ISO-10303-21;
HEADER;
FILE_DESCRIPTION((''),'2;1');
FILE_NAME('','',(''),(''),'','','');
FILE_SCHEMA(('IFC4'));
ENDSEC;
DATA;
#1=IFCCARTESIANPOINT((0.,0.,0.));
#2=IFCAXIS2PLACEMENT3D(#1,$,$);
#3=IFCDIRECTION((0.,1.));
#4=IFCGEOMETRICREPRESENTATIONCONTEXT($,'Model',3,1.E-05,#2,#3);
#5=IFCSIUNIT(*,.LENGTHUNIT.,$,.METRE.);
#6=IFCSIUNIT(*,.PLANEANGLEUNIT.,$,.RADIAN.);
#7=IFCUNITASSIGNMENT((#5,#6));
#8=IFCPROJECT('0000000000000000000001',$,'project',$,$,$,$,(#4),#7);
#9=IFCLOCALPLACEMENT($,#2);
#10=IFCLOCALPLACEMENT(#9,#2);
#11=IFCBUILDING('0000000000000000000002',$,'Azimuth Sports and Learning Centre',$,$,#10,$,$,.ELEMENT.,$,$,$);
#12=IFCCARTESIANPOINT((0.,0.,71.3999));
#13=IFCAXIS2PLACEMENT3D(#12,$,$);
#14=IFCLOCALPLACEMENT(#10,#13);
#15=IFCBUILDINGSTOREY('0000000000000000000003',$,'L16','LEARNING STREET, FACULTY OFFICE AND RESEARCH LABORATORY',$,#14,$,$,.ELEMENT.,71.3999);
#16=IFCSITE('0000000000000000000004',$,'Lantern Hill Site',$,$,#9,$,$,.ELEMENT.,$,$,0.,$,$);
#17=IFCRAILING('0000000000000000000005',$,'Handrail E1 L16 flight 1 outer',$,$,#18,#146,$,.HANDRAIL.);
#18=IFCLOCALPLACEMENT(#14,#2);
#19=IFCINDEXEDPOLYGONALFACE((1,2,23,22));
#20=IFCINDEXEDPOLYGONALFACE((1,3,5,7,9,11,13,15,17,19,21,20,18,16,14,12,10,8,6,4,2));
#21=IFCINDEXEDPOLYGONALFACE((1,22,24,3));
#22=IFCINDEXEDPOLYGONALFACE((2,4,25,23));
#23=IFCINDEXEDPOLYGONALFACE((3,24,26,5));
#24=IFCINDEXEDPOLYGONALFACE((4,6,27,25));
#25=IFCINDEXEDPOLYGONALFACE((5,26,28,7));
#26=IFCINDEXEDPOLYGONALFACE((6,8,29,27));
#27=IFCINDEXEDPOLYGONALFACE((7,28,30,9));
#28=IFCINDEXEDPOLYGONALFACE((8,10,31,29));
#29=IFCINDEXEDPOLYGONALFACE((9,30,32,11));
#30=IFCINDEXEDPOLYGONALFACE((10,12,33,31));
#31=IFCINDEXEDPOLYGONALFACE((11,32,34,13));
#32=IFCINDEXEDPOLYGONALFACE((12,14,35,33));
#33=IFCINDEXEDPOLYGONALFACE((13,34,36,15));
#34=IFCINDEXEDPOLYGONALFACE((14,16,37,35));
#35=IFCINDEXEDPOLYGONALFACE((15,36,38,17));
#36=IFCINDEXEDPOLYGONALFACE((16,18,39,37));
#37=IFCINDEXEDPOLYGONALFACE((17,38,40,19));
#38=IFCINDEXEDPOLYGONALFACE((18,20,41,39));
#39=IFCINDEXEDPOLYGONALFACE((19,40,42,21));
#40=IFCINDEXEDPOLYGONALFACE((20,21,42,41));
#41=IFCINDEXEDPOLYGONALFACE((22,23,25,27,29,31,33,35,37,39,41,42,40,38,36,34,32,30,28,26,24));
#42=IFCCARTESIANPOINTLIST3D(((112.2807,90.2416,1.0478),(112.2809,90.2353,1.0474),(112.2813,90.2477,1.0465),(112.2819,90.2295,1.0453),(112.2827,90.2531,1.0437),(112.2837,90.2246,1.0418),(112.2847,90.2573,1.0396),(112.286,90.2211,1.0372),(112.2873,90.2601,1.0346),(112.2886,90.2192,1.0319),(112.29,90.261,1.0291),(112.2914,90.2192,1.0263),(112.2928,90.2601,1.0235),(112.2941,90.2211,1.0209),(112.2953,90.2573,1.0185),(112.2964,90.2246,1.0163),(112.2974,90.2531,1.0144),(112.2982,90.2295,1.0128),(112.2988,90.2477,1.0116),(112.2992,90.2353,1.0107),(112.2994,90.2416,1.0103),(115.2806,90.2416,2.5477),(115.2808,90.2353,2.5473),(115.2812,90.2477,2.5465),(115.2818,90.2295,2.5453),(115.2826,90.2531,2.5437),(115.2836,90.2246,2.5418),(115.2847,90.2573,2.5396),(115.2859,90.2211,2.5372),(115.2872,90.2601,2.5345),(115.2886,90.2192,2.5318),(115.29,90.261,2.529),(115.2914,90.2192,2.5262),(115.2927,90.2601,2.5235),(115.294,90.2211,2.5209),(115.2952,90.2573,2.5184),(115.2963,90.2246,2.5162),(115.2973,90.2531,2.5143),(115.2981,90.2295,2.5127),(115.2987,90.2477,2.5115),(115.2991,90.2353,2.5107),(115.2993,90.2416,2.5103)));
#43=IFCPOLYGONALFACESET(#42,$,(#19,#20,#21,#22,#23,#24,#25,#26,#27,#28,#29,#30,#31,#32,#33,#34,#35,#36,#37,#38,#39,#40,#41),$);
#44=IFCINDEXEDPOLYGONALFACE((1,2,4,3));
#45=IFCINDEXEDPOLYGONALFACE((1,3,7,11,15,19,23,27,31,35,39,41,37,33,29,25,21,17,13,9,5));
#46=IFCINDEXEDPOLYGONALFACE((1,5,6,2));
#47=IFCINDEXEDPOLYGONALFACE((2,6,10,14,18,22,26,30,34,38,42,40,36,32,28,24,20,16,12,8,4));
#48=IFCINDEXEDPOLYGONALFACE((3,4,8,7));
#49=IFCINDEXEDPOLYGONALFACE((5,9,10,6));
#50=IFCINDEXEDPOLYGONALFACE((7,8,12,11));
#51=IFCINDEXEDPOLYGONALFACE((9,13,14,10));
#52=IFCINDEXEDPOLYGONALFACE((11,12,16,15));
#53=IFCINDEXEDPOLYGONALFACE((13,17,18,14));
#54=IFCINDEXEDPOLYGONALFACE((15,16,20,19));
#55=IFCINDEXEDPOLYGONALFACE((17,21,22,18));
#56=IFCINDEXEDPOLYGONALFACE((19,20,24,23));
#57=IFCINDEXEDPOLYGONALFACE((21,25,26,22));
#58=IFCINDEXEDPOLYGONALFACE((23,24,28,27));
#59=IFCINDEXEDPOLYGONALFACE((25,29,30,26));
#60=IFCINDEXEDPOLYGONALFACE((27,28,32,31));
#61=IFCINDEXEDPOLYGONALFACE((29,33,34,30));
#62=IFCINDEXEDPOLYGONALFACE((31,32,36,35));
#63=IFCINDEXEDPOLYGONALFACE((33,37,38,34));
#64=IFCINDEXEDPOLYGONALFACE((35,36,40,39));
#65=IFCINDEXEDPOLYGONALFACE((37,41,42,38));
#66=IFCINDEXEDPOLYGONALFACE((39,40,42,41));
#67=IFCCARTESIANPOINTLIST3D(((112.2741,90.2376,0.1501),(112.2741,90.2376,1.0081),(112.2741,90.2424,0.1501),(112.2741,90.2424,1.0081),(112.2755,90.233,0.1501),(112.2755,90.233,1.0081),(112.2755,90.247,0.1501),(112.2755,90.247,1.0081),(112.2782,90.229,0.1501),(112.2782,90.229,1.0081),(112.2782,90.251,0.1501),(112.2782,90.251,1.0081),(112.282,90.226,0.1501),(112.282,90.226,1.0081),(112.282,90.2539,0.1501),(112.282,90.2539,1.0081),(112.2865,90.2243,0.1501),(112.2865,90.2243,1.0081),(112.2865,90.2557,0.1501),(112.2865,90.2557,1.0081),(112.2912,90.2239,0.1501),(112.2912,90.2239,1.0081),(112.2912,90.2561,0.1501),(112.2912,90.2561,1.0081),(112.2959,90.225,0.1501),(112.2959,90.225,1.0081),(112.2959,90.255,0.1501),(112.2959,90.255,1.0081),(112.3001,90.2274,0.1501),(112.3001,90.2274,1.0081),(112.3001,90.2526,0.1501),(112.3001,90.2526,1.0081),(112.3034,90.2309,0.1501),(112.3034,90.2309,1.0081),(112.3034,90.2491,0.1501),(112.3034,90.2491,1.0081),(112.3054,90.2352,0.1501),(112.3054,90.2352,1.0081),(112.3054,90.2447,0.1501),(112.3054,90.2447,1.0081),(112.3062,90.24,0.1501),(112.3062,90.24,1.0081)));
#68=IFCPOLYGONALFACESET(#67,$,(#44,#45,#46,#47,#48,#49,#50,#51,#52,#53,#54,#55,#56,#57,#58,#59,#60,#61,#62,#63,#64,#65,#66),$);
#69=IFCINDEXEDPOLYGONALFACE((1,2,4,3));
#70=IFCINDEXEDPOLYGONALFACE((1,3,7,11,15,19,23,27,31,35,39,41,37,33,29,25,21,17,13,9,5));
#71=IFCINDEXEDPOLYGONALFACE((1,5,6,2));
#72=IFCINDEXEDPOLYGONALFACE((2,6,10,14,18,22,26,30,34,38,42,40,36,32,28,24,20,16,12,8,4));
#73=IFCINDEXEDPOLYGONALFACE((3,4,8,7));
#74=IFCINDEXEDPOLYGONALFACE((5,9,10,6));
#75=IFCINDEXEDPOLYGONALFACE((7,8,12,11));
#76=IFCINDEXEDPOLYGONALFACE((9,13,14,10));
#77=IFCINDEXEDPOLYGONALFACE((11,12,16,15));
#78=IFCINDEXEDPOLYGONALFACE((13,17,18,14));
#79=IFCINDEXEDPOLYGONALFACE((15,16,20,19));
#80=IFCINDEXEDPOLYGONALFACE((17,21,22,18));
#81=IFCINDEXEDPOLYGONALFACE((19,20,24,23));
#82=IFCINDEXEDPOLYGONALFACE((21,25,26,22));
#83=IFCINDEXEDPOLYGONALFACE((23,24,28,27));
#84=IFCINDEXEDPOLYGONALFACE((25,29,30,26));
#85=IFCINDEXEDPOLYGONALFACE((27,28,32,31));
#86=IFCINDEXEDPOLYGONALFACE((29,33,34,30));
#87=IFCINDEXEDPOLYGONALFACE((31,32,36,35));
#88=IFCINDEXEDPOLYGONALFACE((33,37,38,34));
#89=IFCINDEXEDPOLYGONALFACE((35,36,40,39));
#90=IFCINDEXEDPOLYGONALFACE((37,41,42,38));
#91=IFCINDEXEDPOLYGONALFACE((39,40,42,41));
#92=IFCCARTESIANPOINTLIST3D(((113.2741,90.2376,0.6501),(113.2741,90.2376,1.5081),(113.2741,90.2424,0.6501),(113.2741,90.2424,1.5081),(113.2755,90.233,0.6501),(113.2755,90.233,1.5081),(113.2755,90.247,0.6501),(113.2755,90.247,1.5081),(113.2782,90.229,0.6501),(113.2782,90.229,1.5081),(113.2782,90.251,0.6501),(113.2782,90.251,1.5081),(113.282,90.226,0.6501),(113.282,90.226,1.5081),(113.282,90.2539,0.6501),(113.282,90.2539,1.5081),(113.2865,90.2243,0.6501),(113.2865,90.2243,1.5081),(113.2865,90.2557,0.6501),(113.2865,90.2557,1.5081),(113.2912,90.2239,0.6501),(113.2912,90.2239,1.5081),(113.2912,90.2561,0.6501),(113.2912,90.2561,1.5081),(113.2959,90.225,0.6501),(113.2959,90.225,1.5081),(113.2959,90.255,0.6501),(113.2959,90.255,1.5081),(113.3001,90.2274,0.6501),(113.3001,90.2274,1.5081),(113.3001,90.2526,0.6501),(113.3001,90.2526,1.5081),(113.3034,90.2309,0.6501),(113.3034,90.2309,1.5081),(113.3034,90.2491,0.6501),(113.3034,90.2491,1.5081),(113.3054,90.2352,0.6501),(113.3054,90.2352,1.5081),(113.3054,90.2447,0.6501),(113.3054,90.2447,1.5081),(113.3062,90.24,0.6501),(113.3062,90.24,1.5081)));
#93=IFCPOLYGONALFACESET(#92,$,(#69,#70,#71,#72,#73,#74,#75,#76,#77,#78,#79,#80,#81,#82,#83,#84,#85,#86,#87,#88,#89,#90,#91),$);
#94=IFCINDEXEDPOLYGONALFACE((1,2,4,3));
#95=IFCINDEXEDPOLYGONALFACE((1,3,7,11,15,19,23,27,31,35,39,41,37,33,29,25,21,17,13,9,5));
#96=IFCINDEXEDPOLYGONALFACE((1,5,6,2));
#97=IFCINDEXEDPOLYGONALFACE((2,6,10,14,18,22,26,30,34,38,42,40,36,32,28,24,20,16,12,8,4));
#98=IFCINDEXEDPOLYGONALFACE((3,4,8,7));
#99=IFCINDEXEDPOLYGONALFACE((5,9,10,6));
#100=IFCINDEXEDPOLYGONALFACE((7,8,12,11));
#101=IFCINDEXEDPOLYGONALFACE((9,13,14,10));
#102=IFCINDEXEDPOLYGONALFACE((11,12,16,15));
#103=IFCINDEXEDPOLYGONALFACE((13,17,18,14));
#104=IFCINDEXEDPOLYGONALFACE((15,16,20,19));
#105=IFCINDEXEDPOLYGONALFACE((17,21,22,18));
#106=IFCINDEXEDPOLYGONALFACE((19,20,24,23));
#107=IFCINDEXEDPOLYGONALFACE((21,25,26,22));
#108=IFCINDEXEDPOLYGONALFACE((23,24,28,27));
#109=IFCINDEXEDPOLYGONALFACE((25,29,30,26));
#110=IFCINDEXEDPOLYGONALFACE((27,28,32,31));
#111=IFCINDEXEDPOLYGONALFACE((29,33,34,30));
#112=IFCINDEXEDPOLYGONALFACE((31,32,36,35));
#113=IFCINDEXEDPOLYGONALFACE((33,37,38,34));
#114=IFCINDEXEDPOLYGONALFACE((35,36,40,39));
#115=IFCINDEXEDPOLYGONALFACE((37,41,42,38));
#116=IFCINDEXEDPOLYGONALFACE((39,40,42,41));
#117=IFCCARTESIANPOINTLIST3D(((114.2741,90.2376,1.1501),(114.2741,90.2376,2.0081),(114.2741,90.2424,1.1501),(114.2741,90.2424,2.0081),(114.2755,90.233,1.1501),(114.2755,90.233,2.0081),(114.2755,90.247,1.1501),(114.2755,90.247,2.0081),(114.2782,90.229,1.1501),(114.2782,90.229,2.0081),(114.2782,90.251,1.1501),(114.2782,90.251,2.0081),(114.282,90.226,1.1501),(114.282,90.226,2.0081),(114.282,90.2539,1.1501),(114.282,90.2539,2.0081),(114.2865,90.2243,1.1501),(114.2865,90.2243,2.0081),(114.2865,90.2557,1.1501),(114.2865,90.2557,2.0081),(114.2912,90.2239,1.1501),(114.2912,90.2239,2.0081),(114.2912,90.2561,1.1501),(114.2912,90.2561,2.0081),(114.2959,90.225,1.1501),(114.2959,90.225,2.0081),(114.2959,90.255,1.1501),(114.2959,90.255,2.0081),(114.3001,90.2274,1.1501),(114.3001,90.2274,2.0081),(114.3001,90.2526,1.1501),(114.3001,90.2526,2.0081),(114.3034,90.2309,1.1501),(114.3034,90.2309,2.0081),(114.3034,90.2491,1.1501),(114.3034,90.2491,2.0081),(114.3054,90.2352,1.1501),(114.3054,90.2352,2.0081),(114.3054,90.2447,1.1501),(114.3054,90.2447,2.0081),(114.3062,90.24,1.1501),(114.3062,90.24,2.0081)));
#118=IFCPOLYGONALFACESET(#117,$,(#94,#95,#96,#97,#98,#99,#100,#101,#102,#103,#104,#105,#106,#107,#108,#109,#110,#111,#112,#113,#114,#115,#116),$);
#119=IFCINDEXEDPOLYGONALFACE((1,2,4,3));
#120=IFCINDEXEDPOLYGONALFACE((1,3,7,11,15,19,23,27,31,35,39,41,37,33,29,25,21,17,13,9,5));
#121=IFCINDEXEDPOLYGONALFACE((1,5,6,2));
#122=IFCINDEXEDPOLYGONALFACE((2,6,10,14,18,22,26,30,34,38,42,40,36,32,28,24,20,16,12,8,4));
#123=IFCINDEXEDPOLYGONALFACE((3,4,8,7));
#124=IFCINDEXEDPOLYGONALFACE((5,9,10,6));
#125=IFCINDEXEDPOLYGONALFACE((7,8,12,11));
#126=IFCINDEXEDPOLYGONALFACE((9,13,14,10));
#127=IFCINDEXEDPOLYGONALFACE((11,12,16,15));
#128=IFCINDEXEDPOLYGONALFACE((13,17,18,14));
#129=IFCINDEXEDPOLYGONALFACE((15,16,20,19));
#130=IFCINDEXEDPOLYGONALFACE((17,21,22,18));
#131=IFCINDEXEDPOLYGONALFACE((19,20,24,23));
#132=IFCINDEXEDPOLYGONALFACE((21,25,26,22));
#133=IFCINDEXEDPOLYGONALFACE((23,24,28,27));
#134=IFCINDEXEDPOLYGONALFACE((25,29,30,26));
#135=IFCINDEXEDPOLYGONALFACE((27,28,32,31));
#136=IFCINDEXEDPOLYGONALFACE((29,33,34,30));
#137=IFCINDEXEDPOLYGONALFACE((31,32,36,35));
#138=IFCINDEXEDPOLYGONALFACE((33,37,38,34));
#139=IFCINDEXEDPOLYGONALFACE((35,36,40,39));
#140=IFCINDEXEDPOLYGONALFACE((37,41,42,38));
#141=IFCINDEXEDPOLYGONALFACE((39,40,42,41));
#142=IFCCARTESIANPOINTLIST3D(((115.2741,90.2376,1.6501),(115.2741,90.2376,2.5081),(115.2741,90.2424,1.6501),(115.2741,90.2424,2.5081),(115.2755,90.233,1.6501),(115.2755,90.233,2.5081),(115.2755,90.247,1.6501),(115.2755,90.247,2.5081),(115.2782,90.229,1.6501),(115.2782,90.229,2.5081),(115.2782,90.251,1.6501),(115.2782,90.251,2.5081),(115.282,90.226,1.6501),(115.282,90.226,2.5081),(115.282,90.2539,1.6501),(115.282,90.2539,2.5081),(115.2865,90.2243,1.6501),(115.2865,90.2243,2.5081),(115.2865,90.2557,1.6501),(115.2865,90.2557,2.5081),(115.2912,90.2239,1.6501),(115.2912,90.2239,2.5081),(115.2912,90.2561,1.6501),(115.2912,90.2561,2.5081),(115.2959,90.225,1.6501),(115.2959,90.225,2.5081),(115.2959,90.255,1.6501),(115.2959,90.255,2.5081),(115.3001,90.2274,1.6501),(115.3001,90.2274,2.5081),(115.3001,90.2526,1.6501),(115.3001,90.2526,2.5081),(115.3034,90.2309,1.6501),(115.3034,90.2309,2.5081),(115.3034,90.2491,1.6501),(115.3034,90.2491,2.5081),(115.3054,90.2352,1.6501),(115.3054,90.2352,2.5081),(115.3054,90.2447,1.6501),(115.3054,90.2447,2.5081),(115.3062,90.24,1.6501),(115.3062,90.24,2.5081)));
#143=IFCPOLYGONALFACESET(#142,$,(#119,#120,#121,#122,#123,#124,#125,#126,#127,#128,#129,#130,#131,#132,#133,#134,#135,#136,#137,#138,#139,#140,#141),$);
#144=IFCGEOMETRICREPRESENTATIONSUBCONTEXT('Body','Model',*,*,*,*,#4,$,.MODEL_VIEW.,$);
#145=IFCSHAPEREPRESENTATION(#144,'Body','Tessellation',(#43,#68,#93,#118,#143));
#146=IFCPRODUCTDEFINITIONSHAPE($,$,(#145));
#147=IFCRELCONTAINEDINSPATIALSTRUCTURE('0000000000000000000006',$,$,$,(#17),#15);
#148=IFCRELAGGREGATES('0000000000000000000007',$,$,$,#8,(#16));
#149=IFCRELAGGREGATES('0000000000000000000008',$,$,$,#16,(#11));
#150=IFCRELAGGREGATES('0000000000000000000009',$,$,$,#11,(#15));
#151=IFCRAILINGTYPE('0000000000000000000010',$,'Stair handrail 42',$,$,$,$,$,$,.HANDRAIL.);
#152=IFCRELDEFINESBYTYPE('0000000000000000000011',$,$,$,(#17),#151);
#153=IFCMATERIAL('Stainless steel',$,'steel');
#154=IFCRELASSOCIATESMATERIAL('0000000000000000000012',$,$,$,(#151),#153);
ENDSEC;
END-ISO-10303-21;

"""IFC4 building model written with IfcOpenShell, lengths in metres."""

from ifc_helpers import new_model, si_unit, direction, frame, origin, origin_2d, place, context, subcontext, project, spatial, circle, extrude, material, type_object, element, save


model = new_model("IFC4")

# Units and contexts
model_context = context("Model", 3, precision=1e-05, world=origin(), true_north=direction((0.0, 1.0)))
body_context = subcontext(model_context, "Body", "Model", "MODEL_VIEW")
ifc_project = project(units=[si_unit("LENGTHUNIT", "METRE"), si_unit("PLANEANGLEUNIT", "RADIAN")], contexts=[model_context])

# Site, building, storey
site_placement = place(None, origin())
site = spatial("IfcSite", under=ifc_project, at=site_placement, Name="Lantern Hill Site", CompositionType="ELEMENT", RefElevation=0.0)
building_placement = place(site_placement, origin())
building = spatial("IfcBuilding", under=site, at=building_placement, Name="Azimuth Sports and Learning Centre", CompositionType="ELEMENT")
storey_placement = place(building_placement, frame((0.0, 0.0, 71.3999)))
storey = spatial("IfcBuildingStorey", under=building, at=storey_placement, Name="L16", Description="LEARNING STREET, FACULTY OFFICE AND RESEARCH LABORATORY", CompositionType="ELEMENT", Elevation=71.3999)

# Railing
ifc_material_1 = material(Name="Stainless steel", Category="steel")
railing_type_1 = type_object("IfcRailingType", Name="Stair handrail 42", PredefinedType="HANDRAIL", material=ifc_material_1)
for number, where, name in (
    (1, (112.29, 90.24, 0.1501), "Handrail E1 L16 flight 1 outer"),
):
    element("IfcRailing", number, at=place(storey_placement, frame(where)), inside=storey, type_object=railing_type_1, Name=name, PredefinedType="HANDRAIL", context=body_context, shape_type="SweptSolid", body=[
        extrude(circle(Radius=0.021, at=origin_2d()), frame((0.0, 0.0, 0.8789), z_axis=(0.894427, 0.0, 0.447214), x_axis=(0.0, 1.0, 0.0)), (0.0, 0.0, 1.0), 3.354),
        extrude(circle(Radius=0.0161, at=origin_2d()), origin(), (0.0, 0.0, 1.0), 0.8579),
        extrude(circle(Radius=0.0161, at=origin_2d()), frame((1.0, 0.0, 0.5)), (0.0, 0.0, 1.0), 0.8579),
        extrude(circle(Radius=0.0161, at=origin_2d()), frame((2.0, 0.0, 1.0)), (0.0, 0.0, 1.0), 0.8579),
        extrude(circle(Radius=0.0161, at=origin_2d()), frame((3.0, 0.0, 1.5)), (0.0, 0.0, 1.0), 0.8579),
    ])

save(model, "model.ifc")
